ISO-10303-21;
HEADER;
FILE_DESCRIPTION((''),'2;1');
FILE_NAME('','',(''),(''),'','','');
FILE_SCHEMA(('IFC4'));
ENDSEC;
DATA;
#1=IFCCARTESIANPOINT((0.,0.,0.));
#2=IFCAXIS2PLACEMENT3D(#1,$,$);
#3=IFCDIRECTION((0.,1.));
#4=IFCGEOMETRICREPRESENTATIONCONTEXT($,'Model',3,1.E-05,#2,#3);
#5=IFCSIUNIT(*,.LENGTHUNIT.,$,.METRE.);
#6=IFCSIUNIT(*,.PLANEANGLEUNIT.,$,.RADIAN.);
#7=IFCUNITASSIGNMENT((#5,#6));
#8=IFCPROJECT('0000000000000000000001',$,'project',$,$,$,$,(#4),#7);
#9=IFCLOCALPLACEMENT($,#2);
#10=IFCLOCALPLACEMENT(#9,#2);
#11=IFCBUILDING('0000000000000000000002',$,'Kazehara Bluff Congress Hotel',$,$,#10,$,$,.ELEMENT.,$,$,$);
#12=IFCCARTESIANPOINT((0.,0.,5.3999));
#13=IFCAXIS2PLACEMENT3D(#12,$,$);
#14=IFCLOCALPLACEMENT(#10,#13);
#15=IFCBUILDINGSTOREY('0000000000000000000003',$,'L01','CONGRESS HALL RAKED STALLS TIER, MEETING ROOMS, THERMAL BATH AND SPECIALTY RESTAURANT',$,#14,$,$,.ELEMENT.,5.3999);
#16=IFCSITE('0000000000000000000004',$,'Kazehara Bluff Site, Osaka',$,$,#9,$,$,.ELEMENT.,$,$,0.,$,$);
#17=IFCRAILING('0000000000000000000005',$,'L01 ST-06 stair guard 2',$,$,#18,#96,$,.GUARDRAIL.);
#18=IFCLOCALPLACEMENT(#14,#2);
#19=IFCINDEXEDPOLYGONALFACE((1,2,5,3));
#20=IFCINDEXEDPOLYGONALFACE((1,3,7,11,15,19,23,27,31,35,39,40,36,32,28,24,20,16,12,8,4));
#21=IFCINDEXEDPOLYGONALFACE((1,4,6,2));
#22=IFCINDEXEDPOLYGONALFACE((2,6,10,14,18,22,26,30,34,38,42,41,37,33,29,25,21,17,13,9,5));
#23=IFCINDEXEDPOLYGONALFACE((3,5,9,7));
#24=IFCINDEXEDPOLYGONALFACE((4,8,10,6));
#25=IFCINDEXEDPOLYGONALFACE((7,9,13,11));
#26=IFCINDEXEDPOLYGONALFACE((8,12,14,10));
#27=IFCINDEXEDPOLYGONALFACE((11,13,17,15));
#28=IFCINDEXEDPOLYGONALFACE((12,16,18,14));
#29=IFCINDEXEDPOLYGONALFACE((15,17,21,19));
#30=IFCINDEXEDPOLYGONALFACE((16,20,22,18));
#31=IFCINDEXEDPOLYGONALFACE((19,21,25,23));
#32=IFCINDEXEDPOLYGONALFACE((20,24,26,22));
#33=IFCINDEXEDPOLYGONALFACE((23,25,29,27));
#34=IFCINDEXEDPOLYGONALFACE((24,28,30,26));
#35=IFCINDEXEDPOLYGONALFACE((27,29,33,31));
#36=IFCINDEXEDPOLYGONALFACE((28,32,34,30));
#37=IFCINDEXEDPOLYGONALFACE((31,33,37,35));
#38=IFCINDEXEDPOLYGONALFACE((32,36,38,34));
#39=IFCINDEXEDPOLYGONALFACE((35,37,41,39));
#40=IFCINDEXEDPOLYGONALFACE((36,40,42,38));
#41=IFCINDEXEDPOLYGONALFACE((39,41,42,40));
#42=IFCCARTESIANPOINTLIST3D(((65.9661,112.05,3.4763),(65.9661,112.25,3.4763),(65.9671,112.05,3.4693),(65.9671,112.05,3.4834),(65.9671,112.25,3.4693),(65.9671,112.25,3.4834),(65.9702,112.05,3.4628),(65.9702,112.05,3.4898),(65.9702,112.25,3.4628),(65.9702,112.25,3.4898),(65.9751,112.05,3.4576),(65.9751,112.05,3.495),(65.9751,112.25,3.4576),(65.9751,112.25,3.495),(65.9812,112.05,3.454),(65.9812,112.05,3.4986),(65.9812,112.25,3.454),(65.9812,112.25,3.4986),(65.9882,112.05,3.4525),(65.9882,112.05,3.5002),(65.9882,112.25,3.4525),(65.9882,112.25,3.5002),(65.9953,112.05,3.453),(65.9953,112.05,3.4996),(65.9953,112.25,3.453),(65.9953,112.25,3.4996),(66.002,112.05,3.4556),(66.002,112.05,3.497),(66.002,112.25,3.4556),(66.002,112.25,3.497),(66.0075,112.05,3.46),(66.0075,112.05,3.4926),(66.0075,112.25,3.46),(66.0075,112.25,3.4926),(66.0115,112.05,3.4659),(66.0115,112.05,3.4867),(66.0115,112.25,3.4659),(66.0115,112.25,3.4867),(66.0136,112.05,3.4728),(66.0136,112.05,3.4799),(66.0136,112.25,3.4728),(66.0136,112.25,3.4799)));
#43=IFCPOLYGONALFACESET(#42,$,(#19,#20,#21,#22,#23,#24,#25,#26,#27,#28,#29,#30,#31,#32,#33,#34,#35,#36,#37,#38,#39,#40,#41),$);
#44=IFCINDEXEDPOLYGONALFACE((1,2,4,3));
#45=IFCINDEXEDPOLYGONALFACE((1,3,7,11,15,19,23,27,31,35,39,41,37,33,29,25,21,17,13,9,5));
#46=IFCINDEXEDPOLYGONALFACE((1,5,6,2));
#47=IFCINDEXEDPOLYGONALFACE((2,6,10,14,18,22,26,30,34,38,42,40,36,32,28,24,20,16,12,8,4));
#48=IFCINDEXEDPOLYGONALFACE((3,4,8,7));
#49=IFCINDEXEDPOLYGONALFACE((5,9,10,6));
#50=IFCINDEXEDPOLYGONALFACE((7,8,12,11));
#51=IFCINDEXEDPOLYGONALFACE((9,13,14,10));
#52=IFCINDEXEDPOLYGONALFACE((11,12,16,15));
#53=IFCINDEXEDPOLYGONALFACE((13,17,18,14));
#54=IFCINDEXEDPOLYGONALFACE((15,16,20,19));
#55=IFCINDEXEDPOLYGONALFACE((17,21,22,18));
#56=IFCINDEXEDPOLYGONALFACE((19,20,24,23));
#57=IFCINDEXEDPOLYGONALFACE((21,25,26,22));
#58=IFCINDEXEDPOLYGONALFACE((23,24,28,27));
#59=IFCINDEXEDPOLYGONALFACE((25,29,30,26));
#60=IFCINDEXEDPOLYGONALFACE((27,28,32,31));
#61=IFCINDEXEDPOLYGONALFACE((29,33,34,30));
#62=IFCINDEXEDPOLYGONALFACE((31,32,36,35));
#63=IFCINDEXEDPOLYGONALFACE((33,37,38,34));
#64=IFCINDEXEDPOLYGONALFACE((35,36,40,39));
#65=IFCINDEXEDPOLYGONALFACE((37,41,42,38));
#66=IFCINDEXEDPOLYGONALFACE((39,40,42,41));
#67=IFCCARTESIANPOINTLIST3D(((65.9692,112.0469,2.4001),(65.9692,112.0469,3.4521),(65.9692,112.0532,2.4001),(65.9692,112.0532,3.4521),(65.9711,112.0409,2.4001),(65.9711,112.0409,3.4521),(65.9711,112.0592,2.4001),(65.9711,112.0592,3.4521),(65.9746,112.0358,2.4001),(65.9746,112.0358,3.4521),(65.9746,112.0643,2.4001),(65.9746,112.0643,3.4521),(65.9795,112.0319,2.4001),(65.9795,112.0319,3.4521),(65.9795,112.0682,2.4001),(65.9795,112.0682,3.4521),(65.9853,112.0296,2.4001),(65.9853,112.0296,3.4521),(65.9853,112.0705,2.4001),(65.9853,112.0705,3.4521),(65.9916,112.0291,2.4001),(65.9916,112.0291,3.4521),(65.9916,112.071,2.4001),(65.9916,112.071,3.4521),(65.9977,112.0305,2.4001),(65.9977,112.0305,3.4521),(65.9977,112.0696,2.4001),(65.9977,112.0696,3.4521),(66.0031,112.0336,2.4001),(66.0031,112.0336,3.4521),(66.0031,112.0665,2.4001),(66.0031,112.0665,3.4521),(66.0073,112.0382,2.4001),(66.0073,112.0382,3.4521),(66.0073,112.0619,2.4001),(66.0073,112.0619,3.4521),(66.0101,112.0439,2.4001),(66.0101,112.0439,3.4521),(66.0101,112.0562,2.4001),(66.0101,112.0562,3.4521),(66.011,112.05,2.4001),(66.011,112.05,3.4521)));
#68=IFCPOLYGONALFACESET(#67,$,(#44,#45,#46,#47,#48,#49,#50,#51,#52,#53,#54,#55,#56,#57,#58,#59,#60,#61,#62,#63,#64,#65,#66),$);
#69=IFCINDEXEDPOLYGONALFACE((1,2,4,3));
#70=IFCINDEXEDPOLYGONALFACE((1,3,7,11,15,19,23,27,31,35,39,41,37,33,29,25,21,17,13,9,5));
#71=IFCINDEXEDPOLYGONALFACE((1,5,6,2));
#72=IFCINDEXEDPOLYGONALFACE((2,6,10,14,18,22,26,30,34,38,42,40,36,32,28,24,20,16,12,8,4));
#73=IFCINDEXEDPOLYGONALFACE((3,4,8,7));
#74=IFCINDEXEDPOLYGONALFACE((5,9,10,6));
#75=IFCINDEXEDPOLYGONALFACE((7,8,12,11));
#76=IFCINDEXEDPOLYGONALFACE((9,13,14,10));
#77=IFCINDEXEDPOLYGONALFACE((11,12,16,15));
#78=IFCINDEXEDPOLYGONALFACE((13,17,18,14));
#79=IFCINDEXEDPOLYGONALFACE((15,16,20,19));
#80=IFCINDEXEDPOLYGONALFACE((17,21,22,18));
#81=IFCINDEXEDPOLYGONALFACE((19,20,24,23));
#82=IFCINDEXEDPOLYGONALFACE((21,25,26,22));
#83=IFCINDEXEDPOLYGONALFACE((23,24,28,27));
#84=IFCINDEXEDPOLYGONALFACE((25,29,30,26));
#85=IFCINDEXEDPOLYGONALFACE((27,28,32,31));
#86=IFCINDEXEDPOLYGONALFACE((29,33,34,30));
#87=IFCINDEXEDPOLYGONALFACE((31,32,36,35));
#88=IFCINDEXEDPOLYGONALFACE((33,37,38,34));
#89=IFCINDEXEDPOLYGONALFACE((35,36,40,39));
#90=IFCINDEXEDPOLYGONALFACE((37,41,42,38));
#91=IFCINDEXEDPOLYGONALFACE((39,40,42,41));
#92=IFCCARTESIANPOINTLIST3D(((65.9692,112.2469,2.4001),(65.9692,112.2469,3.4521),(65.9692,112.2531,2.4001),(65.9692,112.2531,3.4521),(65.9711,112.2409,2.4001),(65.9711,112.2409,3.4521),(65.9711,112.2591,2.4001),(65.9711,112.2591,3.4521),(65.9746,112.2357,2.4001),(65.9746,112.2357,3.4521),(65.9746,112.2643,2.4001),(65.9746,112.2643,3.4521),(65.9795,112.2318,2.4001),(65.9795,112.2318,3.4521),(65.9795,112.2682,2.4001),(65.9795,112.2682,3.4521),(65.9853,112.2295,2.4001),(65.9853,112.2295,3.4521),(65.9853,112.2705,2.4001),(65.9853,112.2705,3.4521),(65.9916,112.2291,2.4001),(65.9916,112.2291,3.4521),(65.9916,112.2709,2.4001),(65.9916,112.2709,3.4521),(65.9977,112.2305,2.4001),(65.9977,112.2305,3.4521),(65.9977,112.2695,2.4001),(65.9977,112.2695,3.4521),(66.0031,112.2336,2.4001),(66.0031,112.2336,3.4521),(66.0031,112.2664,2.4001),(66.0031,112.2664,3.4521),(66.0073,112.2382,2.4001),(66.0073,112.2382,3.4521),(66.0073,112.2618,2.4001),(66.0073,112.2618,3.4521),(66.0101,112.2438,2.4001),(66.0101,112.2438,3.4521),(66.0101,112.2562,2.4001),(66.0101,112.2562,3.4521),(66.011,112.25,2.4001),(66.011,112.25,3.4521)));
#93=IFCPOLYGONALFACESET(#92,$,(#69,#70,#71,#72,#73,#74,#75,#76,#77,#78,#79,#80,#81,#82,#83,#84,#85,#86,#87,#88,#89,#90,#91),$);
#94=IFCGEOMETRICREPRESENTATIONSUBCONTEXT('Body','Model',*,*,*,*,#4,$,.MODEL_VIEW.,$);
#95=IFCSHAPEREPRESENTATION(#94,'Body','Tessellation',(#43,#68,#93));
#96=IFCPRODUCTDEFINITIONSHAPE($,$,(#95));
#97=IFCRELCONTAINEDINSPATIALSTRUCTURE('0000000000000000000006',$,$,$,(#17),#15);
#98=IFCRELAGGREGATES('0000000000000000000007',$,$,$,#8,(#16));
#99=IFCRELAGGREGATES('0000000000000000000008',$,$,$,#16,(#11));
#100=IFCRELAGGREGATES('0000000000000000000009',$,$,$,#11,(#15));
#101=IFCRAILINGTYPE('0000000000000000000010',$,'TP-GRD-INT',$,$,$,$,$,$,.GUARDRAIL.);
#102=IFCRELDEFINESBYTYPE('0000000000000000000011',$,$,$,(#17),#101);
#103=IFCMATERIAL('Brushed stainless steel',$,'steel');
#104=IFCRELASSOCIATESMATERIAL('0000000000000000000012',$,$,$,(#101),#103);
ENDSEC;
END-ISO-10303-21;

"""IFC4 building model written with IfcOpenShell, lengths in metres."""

from ifc_helpers import new_model, si_unit, direction, frame, origin, origin_2d, place, context, subcontext, project, spatial, circle, extrude, material, type_object, element, save


model = new_model("IFC4")

# Units and contexts
model_context = context("Model", 3, precision=1e-05, world=origin(), true_north=direction((0.0, 1.0)))
body_context = subcontext(model_context, "Body", "Model", "MODEL_VIEW")
ifc_project = project(units=[si_unit("LENGTHUNIT", "METRE"), si_unit("PLANEANGLEUNIT", "RADIAN")], contexts=[model_context])

# Site, building, storey
site_placement = place(None, origin())
site = spatial("IfcSite", under=ifc_project, at=site_placement, Name="Kazehara Bluff Site, Osaka", CompositionType="ELEMENT", RefElevation=0.0)
building_placement = place(site_placement, origin())
building = spatial("IfcBuilding", under=site, at=building_placement, Name="Kazehara Bluff Congress Hotel", CompositionType="ELEMENT")
storey_placement = place(building_placement, frame((0.0, 0.0, 5.3999)))
storey = spatial("IfcBuildingStorey", under=building, at=storey_placement, Name="L01", Description="CONGRESS HALL RAKED STALLS TIER, MEETING ROOMS, THERMAL BATH AND SPECIALTY RESTAURANT", CompositionType="ELEMENT", Elevation=5.3999)

# Railing
ifc_material_1 = material(Name="Brushed stainless steel", Category="steel")
railing_type_1 = type_object("IfcRailingType", Name="TP-GRD-INT", PredefinedType="GUARDRAIL", material=ifc_material_1)
railing_1_placement = place(storey_placement, frame((65.99, 112.05, 2.4001)))
element("IfcRailing", 1, at=railing_1_placement, inside=storey, type_object=railing_type_1, Name="L01 ST-06 stair guard 2", PredefinedType="GUARDRAIL", context=body_context, shape_type="SweptSolid", body=[
    extrude(circle(Radius=0.0239, at=origin_2d()), frame((0.0, 0.0, 1.0762), z_axis=(0.0, 1.0, 0.0), x_axis=(-1.0, 0.0, 0.0)), (0.0, 0.0, 1.0), 0.2),
    extrude(circle(Radius=0.021, at=origin_2d()), origin(), (0.0, 0.0, 1.0), 1.052),
    extrude(circle(Radius=0.021, at=origin_2d()), frame((0.0, 0.2, 0.0)), (0.0, 0.0, 1.0), 1.052),
])

save(model, "model.ifc")
